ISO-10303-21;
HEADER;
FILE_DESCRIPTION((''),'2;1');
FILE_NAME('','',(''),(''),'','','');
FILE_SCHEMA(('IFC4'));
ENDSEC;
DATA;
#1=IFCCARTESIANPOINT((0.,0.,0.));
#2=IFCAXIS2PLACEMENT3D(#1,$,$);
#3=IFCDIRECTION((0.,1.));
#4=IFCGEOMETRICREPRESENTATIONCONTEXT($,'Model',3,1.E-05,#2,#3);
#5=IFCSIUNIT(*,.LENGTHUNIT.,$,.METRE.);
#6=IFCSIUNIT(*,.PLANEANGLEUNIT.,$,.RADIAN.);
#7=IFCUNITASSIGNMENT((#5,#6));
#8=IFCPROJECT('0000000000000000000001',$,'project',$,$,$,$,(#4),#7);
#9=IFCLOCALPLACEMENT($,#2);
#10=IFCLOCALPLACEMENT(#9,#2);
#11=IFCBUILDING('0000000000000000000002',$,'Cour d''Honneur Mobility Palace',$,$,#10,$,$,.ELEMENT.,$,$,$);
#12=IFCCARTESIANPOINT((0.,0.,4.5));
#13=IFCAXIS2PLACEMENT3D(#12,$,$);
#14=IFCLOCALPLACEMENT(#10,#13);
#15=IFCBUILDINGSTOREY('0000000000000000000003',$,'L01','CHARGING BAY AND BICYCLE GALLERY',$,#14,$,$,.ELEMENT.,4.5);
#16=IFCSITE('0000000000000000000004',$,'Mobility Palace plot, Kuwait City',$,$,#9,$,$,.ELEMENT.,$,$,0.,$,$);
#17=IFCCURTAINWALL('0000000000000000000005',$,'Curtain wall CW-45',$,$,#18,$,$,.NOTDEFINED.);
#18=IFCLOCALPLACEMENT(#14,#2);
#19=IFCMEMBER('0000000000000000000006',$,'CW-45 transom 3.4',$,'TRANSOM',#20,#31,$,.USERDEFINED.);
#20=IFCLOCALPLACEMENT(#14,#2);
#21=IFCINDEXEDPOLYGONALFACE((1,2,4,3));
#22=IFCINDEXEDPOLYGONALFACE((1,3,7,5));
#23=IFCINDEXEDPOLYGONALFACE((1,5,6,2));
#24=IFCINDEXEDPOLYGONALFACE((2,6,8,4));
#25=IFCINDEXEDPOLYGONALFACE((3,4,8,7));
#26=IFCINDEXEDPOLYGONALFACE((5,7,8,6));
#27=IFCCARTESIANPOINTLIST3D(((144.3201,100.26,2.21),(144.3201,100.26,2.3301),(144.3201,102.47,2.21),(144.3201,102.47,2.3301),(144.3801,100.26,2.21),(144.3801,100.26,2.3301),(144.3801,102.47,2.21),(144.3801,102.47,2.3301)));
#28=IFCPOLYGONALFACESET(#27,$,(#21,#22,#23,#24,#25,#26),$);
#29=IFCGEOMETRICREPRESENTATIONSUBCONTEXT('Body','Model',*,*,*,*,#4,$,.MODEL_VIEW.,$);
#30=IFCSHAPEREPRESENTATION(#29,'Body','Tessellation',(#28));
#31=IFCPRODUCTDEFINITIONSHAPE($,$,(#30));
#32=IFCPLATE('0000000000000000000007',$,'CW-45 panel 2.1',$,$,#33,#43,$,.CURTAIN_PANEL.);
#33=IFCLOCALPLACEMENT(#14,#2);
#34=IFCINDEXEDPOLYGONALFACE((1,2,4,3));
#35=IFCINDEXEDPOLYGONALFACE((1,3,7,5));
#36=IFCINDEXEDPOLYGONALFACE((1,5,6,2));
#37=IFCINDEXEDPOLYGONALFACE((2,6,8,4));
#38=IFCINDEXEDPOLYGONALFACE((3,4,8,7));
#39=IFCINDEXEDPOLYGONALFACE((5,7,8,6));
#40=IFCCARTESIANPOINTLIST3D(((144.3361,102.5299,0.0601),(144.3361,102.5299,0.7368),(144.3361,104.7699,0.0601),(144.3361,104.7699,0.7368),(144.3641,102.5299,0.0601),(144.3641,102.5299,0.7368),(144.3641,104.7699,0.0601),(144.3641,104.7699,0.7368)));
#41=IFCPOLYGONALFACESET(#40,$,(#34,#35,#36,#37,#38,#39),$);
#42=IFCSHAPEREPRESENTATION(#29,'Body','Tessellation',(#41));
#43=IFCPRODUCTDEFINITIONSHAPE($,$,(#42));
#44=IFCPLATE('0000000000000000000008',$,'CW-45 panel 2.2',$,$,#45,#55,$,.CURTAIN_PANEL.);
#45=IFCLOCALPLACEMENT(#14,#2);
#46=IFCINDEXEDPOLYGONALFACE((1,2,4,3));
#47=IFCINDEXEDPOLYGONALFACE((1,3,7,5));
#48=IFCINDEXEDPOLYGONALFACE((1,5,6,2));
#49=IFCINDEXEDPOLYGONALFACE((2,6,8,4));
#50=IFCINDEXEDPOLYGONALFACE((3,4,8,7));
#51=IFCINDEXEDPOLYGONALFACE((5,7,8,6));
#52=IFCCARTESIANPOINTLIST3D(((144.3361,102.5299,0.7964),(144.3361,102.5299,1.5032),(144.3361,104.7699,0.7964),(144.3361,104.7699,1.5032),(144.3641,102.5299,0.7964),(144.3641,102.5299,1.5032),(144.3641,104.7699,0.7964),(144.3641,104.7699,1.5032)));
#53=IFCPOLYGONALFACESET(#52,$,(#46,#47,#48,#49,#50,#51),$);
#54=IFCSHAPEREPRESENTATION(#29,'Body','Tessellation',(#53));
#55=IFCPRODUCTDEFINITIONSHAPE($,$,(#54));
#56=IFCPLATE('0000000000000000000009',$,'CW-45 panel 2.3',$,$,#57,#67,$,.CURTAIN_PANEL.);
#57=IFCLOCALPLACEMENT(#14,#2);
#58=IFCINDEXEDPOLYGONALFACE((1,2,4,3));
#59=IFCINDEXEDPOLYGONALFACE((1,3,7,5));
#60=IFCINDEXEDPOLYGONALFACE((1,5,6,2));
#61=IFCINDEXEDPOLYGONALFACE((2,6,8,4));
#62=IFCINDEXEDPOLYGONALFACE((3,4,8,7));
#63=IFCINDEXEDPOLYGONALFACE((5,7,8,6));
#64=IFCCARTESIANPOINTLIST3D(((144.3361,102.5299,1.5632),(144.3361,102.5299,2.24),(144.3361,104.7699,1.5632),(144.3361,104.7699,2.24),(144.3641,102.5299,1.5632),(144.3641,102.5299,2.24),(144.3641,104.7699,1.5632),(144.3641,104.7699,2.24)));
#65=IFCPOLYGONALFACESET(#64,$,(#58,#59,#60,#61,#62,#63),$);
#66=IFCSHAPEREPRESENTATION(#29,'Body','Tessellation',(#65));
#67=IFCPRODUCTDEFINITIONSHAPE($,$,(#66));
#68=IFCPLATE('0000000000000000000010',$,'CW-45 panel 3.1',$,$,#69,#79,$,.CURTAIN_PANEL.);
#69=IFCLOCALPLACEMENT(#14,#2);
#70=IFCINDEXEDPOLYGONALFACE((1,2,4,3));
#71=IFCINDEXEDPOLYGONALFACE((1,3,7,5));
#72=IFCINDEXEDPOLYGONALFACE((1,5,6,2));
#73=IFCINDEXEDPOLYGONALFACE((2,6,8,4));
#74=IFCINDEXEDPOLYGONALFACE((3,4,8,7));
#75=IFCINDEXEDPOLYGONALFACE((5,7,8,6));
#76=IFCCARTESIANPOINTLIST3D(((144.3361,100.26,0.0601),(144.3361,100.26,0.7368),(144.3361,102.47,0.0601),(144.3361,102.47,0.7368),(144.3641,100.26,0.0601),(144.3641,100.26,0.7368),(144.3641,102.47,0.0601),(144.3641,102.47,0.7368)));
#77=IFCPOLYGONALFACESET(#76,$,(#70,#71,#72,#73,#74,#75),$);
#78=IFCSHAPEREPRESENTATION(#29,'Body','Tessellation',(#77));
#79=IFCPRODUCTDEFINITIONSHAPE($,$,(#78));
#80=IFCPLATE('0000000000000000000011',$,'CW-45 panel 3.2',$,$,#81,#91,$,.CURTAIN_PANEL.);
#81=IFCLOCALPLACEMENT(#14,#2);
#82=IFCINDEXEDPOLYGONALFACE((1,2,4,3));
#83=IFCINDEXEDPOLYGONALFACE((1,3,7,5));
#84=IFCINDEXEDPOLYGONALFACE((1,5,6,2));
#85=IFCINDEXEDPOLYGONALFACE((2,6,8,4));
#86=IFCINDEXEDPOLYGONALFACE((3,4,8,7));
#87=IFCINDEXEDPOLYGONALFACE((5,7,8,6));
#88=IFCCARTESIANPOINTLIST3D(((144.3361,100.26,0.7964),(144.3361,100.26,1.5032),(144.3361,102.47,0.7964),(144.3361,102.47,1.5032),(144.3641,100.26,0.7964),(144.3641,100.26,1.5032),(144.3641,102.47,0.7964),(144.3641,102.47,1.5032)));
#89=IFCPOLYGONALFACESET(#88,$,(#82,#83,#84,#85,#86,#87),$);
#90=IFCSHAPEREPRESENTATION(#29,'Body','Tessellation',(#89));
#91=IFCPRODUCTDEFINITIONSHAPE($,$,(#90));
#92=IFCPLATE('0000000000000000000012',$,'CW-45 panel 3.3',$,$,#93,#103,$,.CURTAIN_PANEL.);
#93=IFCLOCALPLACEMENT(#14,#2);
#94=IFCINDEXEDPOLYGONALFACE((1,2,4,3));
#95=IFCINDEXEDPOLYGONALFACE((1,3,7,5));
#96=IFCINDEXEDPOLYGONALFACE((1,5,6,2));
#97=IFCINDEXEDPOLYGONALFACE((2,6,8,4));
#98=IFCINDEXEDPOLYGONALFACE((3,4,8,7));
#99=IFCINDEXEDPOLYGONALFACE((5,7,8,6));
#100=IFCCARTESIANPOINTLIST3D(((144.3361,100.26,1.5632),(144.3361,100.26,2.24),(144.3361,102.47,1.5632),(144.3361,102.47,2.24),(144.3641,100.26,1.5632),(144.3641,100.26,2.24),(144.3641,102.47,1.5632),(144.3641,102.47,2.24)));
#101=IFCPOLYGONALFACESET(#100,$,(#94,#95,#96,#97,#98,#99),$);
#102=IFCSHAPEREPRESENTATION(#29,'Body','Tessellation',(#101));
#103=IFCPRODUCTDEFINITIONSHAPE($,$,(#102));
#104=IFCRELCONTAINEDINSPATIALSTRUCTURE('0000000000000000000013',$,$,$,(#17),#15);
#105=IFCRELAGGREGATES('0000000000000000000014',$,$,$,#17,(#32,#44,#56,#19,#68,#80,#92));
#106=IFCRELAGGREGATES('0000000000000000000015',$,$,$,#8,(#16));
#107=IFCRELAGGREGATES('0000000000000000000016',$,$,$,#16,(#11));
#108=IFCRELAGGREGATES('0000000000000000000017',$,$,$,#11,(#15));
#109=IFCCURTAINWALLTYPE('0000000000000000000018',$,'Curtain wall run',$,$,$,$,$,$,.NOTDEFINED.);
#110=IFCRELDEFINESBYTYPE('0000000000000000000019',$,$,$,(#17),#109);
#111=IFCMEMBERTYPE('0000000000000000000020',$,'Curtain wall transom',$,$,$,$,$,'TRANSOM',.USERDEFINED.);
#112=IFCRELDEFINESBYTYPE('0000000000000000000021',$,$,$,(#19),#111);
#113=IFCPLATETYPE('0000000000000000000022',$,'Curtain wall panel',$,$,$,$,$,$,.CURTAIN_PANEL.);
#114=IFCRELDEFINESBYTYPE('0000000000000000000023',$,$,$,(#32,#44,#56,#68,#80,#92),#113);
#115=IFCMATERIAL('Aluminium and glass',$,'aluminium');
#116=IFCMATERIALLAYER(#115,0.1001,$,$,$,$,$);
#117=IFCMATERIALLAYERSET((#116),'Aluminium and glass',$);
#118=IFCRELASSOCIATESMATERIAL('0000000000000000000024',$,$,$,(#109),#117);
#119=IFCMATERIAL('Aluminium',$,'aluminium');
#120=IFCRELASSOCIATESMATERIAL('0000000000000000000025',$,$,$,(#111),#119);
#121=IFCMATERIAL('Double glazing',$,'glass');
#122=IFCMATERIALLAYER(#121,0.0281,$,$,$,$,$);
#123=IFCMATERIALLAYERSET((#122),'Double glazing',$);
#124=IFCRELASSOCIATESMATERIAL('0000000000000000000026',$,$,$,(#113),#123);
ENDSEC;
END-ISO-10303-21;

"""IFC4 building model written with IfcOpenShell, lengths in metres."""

from ifc_helpers import new_model, si_unit, direction, frame, origin, origin_2d, place, context, subcontext, project, spatial, rectangle, extrude, material, layer, layer_set, material_profile, profile_set, type_object, element, aggregate, save


model = new_model("IFC4")

# Units and contexts
model_context = context("Model", 3, precision=1e-05, world=origin(), true_north=direction((0.0, 1.0)))
body_context = subcontext(model_context, "Body", "Model", "MODEL_VIEW")
ifc_project = project(units=[si_unit("LENGTHUNIT", "METRE"), si_unit("PLANEANGLEUNIT", "RADIAN")], contexts=[model_context])

# Site, building, storey
site_placement = place(None, origin())
site = spatial("IfcSite", under=ifc_project, at=site_placement, Name="Mobility Palace plot, Kuwait City", CompositionType="ELEMENT", RefElevation=0.0)
building_placement = place(site_placement, origin())
building = spatial("IfcBuilding", under=site, at=building_placement, Name="Cour d'Honneur Mobility Palace", CompositionType="ELEMENT")
storey_placement = place(building_placement, frame((0.0, 0.0, 4.5)))
storey = spatial("IfcBuildingStorey", under=building, at=storey_placement, Name="L01", Description="CHARGING BAY AND BICYCLE GALLERY", CompositionType="ELEMENT", Elevation=4.5)

# Curtain wall, member, plates
ifc_material_1 = material(Name="Aluminium and glass", Category="aluminium")
ifc_layer_1 = layer(ifc_material_1, 0.1001)
ifc_layer_set_1 = layer_set([ifc_layer_1], Name="Aluminium and glass")
curtain_wall_type = type_object("IfcCurtainWallType", Name="Curtain wall run", PredefinedType="NOTDEFINED", material=ifc_layer_set_1)
curtain_wall_placement = place(storey_placement, origin())
curtain_wall = element("IfcCurtainWall", 1, at=curtain_wall_placement, inside=storey, type_object=curtain_wall_type, Name="Curtain wall CW-45", PredefinedType="NOTDEFINED")
ifc_material_2 = material(Name="Aluminium", Category="aluminium")
ifc_material_profile_1 = material_profile(ifc_material_2, rectangle(XDim=0.0601, YDim=0.1201, at=origin_2d()), Name="Curtain wall transom")
ifc_profile_set_1 = profile_set([ifc_material_profile_1], Name="Aluminium")
member_type_1 = type_object("IfcMemberType", Name="Curtain wall transom", ElementType="TRANSOM", PredefinedType="USERDEFINED", material=ifc_profile_set_1)
member_1_placement = place(storey_placement, frame((144.3501, 102.47, 2.27), z_axis=(0.0, -1.0, 0.0), x_axis=(1.0, 0.0, 0.0)))
member_1 = element("IfcMember", 2, at=member_1_placement, type_object=member_type_1, Name="CW-45 transom 3.4", ObjectType="TRANSOM", PredefinedType="USERDEFINED", context=body_context, shape_type="SweptSolid", body=[
    extrude(rectangle(XDim=0.0601, YDim=0.1201, at=origin_2d()), origin(), (0.0, 0.0, 1.0), 2.21),
])
ifc_material_3 = material(Name="Double glazing", Category="glass")
ifc_layer_2 = layer(ifc_material_3, 0.0281)
ifc_layer_set_2 = layer_set([ifc_layer_2], Name="Double glazing")
plate_type = type_object("IfcPlateType", Name="Curtain wall panel", PredefinedType="CURTAIN_PANEL", material=ifc_layer_set_2)
plate_1_placement = place(storey_placement, frame((144.3501, 103.6499, 0.0601), z_axis=(0.0, 0.0, 1.0), x_axis=(0.0, -1.0, 0.0)))
plate_1 = element("IfcPlate", 3, at=plate_1_placement, type_object=plate_type, Name="CW-45 panel 2.1", PredefinedType="CURTAIN_PANEL", context=body_context, shape_type="SweptSolid", body=[
    extrude(rectangle(XDim=2.24, YDim=0.0281, at=origin_2d()), origin(), (0.0, 0.0, 1.0), 0.6768),
])
plate_2_placement = place(storey_placement, frame((144.3501, 103.6499, 0.7964), z_axis=(0.0, 0.0, 1.0), x_axis=(0.0, -1.0, 0.0)))
plate_2 = element("IfcPlate", 4, at=plate_2_placement, type_object=plate_type, Name="CW-45 panel 2.2", PredefinedType="CURTAIN_PANEL", context=body_context, shape_type="SweptSolid", body=[
    extrude(rectangle(XDim=2.24, YDim=0.0281, at=origin_2d()), origin(), (0.0, 0.0, 1.0), 0.7068),
])
plate_3_placement = place(storey_placement, frame((144.3501, 103.6499, 1.5632), z_axis=(0.0, 0.0, 1.0), x_axis=(0.0, -1.0, 0.0)))
plate_3 = element("IfcPlate", 5, at=plate_3_placement, type_object=plate_type, Name="CW-45 panel 2.3", PredefinedType="CURTAIN_PANEL", context=body_context, shape_type="SweptSolid", body=[
    extrude(rectangle(XDim=2.24, YDim=0.0281, at=origin_2d()), origin(), (0.0, 0.0, 1.0), 0.6768),
])
plate_4_placement = place(storey_placement, frame((144.3501, 101.365, 0.0601), z_axis=(0.0, 0.0, 1.0), x_axis=(0.0, -1.0, 0.0)))
plate_4 = element("IfcPlate", 6, at=plate_4_placement, type_object=plate_type, Name="CW-45 panel 3.1", PredefinedType="CURTAIN_PANEL", context=body_context, shape_type="SweptSolid", body=[
    extrude(rectangle(XDim=2.21, YDim=0.0281, at=origin_2d()), origin(), (0.0, 0.0, 1.0), 0.6768),
])
plate_5_placement = place(storey_placement, frame((144.3501, 101.365, 0.7964), z_axis=(0.0, 0.0, 1.0), x_axis=(0.0, -1.0, 0.0)))
plate_5 = element("IfcPlate", 7, at=plate_5_placement, type_object=plate_type, Name="CW-45 panel 3.2", PredefinedType="CURTAIN_PANEL", context=body_context, shape_type="SweptSolid", body=[
    extrude(rectangle(XDim=2.21, YDim=0.0281, at=origin_2d()), origin(), (0.0, 0.0, 1.0), 0.7068),
])
plate_6_placement = place(storey_placement, frame((144.3501, 101.365, 1.5632), z_axis=(0.0, 0.0, 1.0), x_axis=(0.0, -1.0, 0.0)))
plate_6 = element("IfcPlate", 8, at=plate_6_placement, type_object=plate_type, Name="CW-45 panel 3.3", PredefinedType="CURTAIN_PANEL", context=body_context, shape_type="SweptSolid", body=[
    extrude(rectangle(XDim=2.21, YDim=0.0281, at=origin_2d()), origin(), (0.0, 0.0, 1.0), 0.6768),
])
aggregate(curtain_wall, [plate_1, plate_2, plate_3, member_1, plate_4, plate_5, plate_6])

save(model, "model.ifc")
